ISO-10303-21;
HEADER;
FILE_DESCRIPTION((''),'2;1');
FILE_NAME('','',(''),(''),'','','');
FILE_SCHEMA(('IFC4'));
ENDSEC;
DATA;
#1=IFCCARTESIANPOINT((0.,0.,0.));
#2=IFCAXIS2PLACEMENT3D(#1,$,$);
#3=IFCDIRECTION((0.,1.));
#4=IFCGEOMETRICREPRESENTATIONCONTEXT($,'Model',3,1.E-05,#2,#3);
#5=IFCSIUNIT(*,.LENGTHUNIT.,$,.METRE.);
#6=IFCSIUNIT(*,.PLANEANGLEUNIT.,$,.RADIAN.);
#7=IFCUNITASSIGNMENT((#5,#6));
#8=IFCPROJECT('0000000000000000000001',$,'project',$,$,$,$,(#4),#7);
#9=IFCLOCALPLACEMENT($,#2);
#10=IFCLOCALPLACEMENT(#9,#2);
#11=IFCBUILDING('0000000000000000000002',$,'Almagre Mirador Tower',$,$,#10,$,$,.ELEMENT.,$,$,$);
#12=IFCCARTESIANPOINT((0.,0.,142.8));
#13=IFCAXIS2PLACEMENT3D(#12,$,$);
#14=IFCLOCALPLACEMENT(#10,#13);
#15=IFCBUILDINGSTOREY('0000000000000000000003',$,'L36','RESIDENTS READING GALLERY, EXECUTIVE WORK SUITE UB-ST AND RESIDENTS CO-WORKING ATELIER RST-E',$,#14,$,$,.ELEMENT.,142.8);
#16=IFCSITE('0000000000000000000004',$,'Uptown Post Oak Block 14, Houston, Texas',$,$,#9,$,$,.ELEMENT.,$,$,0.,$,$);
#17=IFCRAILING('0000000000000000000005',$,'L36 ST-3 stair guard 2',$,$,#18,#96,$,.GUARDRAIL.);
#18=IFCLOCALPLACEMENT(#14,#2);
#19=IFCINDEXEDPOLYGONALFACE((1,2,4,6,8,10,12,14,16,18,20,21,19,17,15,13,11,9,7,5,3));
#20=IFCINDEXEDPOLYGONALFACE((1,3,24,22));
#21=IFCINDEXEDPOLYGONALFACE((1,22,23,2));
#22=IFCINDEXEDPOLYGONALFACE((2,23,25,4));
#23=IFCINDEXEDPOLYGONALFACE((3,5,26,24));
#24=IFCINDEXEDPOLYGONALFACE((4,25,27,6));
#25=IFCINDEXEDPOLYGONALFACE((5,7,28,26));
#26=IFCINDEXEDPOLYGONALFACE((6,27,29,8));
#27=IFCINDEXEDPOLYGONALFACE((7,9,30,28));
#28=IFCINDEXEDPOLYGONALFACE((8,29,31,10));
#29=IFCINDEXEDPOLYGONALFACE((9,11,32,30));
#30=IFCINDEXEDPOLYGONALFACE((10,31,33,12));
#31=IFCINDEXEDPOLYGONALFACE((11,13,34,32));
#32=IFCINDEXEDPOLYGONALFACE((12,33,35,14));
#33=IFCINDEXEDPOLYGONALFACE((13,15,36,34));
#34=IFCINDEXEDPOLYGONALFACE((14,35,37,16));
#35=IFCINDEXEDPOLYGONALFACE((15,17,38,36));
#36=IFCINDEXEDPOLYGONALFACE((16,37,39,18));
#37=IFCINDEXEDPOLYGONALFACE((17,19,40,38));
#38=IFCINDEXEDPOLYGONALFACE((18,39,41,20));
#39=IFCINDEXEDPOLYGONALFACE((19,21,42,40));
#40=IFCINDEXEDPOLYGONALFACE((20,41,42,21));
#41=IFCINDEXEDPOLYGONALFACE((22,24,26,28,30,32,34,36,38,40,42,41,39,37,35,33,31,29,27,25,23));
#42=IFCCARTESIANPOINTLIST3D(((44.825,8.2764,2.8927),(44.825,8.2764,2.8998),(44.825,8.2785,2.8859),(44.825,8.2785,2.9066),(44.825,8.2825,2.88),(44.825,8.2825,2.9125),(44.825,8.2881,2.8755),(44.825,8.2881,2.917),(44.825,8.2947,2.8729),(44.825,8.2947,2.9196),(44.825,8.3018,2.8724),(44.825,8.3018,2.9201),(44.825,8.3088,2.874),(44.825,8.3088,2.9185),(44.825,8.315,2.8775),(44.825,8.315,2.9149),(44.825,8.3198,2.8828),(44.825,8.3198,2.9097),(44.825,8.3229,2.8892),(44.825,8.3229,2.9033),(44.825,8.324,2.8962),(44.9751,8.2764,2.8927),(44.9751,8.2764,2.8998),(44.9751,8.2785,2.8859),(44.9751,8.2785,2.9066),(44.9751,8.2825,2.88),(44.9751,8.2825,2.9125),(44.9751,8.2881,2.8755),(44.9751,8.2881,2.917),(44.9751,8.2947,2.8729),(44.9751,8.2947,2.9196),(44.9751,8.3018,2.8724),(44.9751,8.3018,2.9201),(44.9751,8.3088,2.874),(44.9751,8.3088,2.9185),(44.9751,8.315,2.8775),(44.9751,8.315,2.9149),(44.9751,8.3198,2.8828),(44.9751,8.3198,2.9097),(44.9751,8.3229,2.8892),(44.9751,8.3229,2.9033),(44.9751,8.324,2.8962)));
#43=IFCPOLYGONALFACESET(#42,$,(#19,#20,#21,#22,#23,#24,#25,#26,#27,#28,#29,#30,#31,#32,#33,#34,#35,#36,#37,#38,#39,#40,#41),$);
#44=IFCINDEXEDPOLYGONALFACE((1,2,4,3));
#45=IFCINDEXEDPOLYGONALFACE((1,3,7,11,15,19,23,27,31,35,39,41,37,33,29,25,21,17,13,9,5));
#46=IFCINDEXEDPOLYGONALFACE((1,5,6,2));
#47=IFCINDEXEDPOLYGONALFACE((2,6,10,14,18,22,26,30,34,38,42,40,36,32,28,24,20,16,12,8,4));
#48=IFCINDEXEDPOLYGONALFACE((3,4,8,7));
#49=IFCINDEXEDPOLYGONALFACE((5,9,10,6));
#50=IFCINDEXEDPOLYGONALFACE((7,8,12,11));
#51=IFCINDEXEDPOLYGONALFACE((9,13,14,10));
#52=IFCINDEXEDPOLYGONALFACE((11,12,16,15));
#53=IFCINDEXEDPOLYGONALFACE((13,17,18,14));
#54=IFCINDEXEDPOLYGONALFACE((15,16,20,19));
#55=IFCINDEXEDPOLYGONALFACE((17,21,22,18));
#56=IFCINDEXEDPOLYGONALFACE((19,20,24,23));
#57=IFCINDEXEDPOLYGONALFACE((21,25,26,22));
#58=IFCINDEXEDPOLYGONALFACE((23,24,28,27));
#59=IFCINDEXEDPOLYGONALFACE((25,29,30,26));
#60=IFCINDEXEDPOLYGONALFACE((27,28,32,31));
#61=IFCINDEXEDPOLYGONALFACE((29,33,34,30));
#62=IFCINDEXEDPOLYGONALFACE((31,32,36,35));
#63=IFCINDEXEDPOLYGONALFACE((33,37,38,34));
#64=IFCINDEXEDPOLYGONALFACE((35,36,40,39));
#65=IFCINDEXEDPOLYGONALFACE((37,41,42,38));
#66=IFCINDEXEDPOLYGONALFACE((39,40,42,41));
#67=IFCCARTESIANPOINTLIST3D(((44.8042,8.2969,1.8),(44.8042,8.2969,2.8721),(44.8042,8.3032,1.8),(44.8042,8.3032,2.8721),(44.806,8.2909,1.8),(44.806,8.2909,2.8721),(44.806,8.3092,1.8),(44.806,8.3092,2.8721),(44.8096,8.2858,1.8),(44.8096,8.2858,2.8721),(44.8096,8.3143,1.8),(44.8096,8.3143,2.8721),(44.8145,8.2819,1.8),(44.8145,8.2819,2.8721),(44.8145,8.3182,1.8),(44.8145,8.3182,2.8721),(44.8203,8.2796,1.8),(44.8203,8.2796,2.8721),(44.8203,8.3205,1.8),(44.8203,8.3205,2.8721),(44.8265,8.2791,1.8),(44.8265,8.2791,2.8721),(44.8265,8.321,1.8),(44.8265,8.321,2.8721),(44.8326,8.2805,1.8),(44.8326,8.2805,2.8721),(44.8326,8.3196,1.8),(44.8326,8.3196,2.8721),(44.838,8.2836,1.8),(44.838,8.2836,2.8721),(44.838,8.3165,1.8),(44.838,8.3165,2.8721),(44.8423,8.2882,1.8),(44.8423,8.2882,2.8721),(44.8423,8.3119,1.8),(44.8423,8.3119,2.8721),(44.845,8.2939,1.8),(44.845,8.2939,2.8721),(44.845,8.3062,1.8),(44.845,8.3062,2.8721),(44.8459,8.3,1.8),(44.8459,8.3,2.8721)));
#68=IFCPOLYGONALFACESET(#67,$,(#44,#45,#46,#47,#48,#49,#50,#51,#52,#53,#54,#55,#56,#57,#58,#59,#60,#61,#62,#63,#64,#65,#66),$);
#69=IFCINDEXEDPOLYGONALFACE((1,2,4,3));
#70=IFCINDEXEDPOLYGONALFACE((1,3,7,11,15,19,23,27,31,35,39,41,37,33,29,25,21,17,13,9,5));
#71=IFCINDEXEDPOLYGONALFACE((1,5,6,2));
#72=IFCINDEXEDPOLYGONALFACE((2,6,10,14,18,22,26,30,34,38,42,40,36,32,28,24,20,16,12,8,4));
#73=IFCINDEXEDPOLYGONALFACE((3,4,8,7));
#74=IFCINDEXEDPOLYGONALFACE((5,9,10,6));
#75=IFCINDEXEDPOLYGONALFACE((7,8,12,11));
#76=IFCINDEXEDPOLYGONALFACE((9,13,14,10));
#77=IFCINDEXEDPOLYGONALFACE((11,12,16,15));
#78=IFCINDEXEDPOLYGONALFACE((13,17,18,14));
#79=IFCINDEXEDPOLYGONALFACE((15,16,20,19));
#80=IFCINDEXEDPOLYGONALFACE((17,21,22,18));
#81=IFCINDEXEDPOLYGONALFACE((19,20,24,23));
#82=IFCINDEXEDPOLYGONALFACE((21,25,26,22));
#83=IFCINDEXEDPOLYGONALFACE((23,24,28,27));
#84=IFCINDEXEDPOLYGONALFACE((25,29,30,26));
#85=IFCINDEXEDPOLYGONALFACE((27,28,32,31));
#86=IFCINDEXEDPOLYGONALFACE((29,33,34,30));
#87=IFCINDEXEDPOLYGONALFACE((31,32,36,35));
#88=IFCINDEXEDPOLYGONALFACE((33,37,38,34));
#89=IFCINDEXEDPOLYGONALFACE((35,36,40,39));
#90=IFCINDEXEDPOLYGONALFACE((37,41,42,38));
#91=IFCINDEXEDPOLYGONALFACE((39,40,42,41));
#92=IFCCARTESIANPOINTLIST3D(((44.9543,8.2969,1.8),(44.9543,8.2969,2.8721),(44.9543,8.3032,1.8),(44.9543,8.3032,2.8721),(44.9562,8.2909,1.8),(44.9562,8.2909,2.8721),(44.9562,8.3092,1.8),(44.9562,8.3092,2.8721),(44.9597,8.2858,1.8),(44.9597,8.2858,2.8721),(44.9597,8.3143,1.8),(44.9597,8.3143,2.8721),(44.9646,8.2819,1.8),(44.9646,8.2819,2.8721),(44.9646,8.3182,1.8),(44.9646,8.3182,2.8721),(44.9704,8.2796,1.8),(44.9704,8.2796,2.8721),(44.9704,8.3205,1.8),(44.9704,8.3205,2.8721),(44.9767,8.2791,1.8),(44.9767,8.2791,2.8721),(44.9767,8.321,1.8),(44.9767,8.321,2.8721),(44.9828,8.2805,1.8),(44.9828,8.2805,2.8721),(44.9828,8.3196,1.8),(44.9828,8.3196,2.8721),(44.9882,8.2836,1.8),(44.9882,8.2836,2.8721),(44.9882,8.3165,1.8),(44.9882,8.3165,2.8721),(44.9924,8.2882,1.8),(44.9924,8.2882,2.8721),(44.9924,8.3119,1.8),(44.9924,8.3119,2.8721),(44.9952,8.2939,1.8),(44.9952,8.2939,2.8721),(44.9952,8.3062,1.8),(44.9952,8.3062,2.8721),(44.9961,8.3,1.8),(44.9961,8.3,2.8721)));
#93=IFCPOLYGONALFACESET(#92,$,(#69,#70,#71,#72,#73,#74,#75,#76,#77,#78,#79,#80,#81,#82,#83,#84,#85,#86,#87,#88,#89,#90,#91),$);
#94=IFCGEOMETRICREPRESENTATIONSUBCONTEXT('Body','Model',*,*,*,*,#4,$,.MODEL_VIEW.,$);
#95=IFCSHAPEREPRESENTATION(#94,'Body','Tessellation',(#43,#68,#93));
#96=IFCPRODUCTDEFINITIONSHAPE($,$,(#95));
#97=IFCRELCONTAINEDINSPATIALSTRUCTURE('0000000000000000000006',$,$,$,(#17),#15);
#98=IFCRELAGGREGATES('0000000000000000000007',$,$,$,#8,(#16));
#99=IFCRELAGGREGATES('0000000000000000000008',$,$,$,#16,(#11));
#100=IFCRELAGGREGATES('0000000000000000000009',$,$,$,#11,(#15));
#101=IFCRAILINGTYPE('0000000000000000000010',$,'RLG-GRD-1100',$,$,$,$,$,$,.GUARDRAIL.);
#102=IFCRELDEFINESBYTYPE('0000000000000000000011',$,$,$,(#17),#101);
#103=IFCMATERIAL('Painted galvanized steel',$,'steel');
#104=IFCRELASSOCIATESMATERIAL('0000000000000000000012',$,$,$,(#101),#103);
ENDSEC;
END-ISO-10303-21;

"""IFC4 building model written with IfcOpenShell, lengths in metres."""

from ifc_helpers import new_model, si_unit, direction, frame, origin, origin_2d, place, context, subcontext, project, spatial, circle, extrude, material, type_object, element, save


model = new_model("IFC4")

# Units and contexts
model_context = context("Model", 3, precision=1e-05, world=origin(), true_north=direction((0.0, 1.0)))
body_context = subcontext(model_context, "Body", "Model", "MODEL_VIEW")
ifc_project = project(units=[si_unit("LENGTHUNIT", "METRE"), si_unit("PLANEANGLEUNIT", "RADIAN")], contexts=[model_context])

# Site, building, storey
site_placement = place(None, origin())
site = spatial("IfcSite", under=ifc_project, at=site_placement, Name="Uptown Post Oak Block 14, Houston, Texas", CompositionType="ELEMENT", RefElevation=0.0)
building_placement = place(site_placement, origin())
building = spatial("IfcBuilding", under=site, at=building_placement, Name="Almagre Mirador Tower", CompositionType="ELEMENT")
storey_placement = place(building_placement, frame((0.0, 0.0, 142.8)))
storey = spatial("IfcBuildingStorey", under=building, at=storey_placement, Name="L36", Description="RESIDENTS READING GALLERY, EXECUTIVE WORK SUITE UB-ST AND RESIDENTS CO-WORKING ATELIER RST-E", CompositionType="ELEMENT", Elevation=142.8)

# Railing
ifc_material_1 = material(Name="Painted galvanized steel", Category="steel")
railing_type_1 = type_object("IfcRailingType", Name="RLG-GRD-1100", PredefinedType="GUARDRAIL", material=ifc_material_1)
railing_1_placement = place(storey_placement, frame((44.825, 8.3, 1.8)))
element("IfcRailing", 1, at=railing_1_placement, inside=storey, type_object=railing_type_1, Name="L36 ST-3 stair guard 2", PredefinedType="GUARDRAIL", context=body_context, shape_type="SweptSolid", body=[
    extrude(circle(Radius=0.0239, at=origin_2d()), frame((0.0, 0.0, 1.0962), z_axis=(1.0, 0.0, 0.0), x_axis=(0.0, 1.0, 0.0)), (0.0, 0.0, 1.0), 0.1501),
    extrude(circle(Radius=0.021, at=origin_2d()), origin(), (0.0, 0.0, 1.0), 1.072),
    extrude(circle(Radius=0.021, at=origin_2d()), frame((0.1501, 0.0, 0.0)), (0.0, 0.0, 1.0), 1.072),
])

save(model, "model.ifc")
